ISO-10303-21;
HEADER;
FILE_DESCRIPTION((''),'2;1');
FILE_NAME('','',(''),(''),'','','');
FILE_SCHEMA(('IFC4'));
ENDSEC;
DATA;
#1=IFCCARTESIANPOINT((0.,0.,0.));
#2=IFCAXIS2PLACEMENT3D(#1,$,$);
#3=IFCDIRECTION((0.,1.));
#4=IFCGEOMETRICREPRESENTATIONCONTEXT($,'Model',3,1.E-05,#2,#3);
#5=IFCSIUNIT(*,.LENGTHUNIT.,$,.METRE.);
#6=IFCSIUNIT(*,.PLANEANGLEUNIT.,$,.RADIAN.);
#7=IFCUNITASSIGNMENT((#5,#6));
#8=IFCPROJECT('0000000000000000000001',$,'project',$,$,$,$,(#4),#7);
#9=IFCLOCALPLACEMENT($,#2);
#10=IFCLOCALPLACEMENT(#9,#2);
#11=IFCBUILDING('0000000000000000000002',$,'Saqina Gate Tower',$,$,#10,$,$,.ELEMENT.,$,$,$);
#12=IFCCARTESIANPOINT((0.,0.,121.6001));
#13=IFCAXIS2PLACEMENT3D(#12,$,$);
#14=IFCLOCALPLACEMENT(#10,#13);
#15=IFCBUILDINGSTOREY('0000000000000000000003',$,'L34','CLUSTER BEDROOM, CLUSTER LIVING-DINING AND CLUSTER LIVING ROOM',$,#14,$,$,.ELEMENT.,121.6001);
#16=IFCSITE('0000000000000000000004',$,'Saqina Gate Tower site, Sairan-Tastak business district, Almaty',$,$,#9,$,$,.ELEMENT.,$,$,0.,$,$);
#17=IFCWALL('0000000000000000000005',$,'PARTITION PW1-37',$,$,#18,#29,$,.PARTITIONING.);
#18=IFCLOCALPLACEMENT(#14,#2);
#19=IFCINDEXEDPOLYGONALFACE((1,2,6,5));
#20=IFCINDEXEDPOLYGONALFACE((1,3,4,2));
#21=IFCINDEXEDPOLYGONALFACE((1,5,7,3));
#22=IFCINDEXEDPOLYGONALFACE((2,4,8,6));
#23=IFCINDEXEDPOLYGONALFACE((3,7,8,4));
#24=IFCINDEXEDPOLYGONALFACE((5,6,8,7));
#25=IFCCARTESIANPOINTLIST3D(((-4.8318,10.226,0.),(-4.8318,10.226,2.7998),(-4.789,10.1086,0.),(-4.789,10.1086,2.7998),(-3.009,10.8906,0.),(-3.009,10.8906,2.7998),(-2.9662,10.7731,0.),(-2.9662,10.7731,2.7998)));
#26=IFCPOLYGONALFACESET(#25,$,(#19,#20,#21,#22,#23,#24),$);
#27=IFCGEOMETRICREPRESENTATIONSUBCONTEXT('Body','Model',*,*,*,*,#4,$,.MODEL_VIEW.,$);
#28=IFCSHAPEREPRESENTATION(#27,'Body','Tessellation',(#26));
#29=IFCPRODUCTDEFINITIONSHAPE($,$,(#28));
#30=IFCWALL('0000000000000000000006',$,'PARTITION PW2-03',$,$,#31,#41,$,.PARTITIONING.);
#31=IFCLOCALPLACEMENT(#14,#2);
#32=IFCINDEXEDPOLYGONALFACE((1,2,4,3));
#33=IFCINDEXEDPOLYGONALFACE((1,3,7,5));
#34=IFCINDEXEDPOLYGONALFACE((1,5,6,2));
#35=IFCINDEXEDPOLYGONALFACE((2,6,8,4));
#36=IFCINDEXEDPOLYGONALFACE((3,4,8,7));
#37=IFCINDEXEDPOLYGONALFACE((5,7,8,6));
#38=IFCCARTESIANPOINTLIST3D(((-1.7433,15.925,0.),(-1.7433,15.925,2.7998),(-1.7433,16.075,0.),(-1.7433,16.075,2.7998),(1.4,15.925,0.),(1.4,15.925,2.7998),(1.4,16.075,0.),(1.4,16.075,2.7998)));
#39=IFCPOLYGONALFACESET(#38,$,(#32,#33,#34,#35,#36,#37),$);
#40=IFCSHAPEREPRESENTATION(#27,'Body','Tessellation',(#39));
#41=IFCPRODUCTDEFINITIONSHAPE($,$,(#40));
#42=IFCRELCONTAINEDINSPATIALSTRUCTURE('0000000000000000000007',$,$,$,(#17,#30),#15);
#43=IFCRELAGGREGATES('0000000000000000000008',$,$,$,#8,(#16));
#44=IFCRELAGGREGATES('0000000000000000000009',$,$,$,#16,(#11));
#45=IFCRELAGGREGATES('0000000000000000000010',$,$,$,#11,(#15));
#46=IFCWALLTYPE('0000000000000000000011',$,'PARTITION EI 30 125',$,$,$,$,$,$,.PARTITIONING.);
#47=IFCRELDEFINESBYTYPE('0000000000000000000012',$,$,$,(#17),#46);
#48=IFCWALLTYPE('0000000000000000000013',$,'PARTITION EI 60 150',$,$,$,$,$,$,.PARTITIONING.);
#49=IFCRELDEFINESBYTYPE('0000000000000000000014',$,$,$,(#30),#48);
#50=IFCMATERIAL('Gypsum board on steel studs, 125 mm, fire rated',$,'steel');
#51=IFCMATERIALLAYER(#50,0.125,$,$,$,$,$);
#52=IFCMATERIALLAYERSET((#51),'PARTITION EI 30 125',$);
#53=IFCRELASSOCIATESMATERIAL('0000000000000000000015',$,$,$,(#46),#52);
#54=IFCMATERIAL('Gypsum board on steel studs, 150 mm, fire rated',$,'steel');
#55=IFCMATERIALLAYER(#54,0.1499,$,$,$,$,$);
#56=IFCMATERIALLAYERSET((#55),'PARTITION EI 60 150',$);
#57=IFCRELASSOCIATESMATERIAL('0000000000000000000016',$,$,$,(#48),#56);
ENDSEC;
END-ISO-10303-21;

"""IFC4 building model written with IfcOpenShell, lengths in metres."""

from ifc_helpers import new_model, si_unit, direction, frame, frame_2d, origin, place, context, subcontext, project, spatial, rectangle, extrude, material, layer, layer_set, type_object, element, save


model = new_model("IFC4")

# Units and contexts
model_context = context("Model", 3, precision=1e-05, world=origin(), true_north=direction((0.0, 1.0)))
body_context = subcontext(model_context, "Body", "Model", "MODEL_VIEW")
ifc_project = project(units=[si_unit("LENGTHUNIT", "METRE"), si_unit("PLANEANGLEUNIT", "RADIAN")], contexts=[model_context])

# Site, building, storey
site_placement = place(None, origin())
site = spatial("IfcSite", under=ifc_project, at=site_placement, Name="Saqina Gate Tower site, Sairan-Tastak business district, Almaty", CompositionType="ELEMENT", RefElevation=0.0)
building_placement = place(site_placement, origin())
building = spatial("IfcBuilding", under=site, at=building_placement, Name="Saqina Gate Tower", CompositionType="ELEMENT")
storey_placement = place(building_placement, frame((0.0, 0.0, 121.6001)))
storey = spatial("IfcBuildingStorey", under=building, at=storey_placement, Name="L34", Description="CLUSTER BEDROOM, CLUSTER LIVING-DINING AND CLUSTER LIVING ROOM", CompositionType="ELEMENT", Elevation=121.6001)

# Walls
ifc_material_1 = material(Name="Gypsum board on steel studs, 125 mm, fire rated", Category="steel")
ifc_layer_1 = layer(ifc_material_1, 0.125)
ifc_layer_set_1 = layer_set([ifc_layer_1], Name="PARTITION EI 30 125")
wall_type_1 = type_object("IfcWallType", Name="PARTITION EI 30 125", PredefinedType="PARTITIONING", material=ifc_layer_set_1)
wall_1_placement = place(storey_placement, frame((-4.8105, 10.1672, 0.0), z_axis=(0.0, 0.0, 1.0), x_axis=(0.939507, 0.342531, 0.0)))
element("IfcWall", 1, at=wall_1_placement, inside=storey, type_object=wall_type_1, Name="PARTITION PW1-37", PredefinedType="PARTITIONING", context=body_context, shape_type="SweptSolid", body=[
    extrude(rectangle(XDim=1.9402, YDim=0.125, at=frame_2d((0.9702, 0.0))), origin(), (0.0, 0.0, 1.0), 2.7998),
])
ifc_material_2 = material(Name="Gypsum board on steel studs, 150 mm, fire rated", Category="steel")
ifc_layer_2 = layer(ifc_material_2, 0.1499)
ifc_layer_set_2 = layer_set([ifc_layer_2], Name="PARTITION EI 60 150")
wall_type_2 = type_object("IfcWallType", Name="PARTITION EI 60 150", PredefinedType="PARTITIONING", material=ifc_layer_set_2)
wall_2_placement = place(storey_placement, frame((-1.7434, 16.0, 0.0), z_axis=(0.0, 0.0, 1.0), x_axis=(1.0, 0.0, 0.0)))
element("IfcWall", 2, at=wall_2_placement, inside=storey, type_object=wall_type_2, Name="PARTITION PW2-03", PredefinedType="PARTITIONING", context=body_context, shape_type="SweptSolid", body=[
    extrude(rectangle(XDim=3.1433, YDim=0.1499, at=frame_2d((1.5718, 0.0))), origin(), (0.0, 0.0, 1.0), 2.7998),
])

save(model, "model.ifc")
